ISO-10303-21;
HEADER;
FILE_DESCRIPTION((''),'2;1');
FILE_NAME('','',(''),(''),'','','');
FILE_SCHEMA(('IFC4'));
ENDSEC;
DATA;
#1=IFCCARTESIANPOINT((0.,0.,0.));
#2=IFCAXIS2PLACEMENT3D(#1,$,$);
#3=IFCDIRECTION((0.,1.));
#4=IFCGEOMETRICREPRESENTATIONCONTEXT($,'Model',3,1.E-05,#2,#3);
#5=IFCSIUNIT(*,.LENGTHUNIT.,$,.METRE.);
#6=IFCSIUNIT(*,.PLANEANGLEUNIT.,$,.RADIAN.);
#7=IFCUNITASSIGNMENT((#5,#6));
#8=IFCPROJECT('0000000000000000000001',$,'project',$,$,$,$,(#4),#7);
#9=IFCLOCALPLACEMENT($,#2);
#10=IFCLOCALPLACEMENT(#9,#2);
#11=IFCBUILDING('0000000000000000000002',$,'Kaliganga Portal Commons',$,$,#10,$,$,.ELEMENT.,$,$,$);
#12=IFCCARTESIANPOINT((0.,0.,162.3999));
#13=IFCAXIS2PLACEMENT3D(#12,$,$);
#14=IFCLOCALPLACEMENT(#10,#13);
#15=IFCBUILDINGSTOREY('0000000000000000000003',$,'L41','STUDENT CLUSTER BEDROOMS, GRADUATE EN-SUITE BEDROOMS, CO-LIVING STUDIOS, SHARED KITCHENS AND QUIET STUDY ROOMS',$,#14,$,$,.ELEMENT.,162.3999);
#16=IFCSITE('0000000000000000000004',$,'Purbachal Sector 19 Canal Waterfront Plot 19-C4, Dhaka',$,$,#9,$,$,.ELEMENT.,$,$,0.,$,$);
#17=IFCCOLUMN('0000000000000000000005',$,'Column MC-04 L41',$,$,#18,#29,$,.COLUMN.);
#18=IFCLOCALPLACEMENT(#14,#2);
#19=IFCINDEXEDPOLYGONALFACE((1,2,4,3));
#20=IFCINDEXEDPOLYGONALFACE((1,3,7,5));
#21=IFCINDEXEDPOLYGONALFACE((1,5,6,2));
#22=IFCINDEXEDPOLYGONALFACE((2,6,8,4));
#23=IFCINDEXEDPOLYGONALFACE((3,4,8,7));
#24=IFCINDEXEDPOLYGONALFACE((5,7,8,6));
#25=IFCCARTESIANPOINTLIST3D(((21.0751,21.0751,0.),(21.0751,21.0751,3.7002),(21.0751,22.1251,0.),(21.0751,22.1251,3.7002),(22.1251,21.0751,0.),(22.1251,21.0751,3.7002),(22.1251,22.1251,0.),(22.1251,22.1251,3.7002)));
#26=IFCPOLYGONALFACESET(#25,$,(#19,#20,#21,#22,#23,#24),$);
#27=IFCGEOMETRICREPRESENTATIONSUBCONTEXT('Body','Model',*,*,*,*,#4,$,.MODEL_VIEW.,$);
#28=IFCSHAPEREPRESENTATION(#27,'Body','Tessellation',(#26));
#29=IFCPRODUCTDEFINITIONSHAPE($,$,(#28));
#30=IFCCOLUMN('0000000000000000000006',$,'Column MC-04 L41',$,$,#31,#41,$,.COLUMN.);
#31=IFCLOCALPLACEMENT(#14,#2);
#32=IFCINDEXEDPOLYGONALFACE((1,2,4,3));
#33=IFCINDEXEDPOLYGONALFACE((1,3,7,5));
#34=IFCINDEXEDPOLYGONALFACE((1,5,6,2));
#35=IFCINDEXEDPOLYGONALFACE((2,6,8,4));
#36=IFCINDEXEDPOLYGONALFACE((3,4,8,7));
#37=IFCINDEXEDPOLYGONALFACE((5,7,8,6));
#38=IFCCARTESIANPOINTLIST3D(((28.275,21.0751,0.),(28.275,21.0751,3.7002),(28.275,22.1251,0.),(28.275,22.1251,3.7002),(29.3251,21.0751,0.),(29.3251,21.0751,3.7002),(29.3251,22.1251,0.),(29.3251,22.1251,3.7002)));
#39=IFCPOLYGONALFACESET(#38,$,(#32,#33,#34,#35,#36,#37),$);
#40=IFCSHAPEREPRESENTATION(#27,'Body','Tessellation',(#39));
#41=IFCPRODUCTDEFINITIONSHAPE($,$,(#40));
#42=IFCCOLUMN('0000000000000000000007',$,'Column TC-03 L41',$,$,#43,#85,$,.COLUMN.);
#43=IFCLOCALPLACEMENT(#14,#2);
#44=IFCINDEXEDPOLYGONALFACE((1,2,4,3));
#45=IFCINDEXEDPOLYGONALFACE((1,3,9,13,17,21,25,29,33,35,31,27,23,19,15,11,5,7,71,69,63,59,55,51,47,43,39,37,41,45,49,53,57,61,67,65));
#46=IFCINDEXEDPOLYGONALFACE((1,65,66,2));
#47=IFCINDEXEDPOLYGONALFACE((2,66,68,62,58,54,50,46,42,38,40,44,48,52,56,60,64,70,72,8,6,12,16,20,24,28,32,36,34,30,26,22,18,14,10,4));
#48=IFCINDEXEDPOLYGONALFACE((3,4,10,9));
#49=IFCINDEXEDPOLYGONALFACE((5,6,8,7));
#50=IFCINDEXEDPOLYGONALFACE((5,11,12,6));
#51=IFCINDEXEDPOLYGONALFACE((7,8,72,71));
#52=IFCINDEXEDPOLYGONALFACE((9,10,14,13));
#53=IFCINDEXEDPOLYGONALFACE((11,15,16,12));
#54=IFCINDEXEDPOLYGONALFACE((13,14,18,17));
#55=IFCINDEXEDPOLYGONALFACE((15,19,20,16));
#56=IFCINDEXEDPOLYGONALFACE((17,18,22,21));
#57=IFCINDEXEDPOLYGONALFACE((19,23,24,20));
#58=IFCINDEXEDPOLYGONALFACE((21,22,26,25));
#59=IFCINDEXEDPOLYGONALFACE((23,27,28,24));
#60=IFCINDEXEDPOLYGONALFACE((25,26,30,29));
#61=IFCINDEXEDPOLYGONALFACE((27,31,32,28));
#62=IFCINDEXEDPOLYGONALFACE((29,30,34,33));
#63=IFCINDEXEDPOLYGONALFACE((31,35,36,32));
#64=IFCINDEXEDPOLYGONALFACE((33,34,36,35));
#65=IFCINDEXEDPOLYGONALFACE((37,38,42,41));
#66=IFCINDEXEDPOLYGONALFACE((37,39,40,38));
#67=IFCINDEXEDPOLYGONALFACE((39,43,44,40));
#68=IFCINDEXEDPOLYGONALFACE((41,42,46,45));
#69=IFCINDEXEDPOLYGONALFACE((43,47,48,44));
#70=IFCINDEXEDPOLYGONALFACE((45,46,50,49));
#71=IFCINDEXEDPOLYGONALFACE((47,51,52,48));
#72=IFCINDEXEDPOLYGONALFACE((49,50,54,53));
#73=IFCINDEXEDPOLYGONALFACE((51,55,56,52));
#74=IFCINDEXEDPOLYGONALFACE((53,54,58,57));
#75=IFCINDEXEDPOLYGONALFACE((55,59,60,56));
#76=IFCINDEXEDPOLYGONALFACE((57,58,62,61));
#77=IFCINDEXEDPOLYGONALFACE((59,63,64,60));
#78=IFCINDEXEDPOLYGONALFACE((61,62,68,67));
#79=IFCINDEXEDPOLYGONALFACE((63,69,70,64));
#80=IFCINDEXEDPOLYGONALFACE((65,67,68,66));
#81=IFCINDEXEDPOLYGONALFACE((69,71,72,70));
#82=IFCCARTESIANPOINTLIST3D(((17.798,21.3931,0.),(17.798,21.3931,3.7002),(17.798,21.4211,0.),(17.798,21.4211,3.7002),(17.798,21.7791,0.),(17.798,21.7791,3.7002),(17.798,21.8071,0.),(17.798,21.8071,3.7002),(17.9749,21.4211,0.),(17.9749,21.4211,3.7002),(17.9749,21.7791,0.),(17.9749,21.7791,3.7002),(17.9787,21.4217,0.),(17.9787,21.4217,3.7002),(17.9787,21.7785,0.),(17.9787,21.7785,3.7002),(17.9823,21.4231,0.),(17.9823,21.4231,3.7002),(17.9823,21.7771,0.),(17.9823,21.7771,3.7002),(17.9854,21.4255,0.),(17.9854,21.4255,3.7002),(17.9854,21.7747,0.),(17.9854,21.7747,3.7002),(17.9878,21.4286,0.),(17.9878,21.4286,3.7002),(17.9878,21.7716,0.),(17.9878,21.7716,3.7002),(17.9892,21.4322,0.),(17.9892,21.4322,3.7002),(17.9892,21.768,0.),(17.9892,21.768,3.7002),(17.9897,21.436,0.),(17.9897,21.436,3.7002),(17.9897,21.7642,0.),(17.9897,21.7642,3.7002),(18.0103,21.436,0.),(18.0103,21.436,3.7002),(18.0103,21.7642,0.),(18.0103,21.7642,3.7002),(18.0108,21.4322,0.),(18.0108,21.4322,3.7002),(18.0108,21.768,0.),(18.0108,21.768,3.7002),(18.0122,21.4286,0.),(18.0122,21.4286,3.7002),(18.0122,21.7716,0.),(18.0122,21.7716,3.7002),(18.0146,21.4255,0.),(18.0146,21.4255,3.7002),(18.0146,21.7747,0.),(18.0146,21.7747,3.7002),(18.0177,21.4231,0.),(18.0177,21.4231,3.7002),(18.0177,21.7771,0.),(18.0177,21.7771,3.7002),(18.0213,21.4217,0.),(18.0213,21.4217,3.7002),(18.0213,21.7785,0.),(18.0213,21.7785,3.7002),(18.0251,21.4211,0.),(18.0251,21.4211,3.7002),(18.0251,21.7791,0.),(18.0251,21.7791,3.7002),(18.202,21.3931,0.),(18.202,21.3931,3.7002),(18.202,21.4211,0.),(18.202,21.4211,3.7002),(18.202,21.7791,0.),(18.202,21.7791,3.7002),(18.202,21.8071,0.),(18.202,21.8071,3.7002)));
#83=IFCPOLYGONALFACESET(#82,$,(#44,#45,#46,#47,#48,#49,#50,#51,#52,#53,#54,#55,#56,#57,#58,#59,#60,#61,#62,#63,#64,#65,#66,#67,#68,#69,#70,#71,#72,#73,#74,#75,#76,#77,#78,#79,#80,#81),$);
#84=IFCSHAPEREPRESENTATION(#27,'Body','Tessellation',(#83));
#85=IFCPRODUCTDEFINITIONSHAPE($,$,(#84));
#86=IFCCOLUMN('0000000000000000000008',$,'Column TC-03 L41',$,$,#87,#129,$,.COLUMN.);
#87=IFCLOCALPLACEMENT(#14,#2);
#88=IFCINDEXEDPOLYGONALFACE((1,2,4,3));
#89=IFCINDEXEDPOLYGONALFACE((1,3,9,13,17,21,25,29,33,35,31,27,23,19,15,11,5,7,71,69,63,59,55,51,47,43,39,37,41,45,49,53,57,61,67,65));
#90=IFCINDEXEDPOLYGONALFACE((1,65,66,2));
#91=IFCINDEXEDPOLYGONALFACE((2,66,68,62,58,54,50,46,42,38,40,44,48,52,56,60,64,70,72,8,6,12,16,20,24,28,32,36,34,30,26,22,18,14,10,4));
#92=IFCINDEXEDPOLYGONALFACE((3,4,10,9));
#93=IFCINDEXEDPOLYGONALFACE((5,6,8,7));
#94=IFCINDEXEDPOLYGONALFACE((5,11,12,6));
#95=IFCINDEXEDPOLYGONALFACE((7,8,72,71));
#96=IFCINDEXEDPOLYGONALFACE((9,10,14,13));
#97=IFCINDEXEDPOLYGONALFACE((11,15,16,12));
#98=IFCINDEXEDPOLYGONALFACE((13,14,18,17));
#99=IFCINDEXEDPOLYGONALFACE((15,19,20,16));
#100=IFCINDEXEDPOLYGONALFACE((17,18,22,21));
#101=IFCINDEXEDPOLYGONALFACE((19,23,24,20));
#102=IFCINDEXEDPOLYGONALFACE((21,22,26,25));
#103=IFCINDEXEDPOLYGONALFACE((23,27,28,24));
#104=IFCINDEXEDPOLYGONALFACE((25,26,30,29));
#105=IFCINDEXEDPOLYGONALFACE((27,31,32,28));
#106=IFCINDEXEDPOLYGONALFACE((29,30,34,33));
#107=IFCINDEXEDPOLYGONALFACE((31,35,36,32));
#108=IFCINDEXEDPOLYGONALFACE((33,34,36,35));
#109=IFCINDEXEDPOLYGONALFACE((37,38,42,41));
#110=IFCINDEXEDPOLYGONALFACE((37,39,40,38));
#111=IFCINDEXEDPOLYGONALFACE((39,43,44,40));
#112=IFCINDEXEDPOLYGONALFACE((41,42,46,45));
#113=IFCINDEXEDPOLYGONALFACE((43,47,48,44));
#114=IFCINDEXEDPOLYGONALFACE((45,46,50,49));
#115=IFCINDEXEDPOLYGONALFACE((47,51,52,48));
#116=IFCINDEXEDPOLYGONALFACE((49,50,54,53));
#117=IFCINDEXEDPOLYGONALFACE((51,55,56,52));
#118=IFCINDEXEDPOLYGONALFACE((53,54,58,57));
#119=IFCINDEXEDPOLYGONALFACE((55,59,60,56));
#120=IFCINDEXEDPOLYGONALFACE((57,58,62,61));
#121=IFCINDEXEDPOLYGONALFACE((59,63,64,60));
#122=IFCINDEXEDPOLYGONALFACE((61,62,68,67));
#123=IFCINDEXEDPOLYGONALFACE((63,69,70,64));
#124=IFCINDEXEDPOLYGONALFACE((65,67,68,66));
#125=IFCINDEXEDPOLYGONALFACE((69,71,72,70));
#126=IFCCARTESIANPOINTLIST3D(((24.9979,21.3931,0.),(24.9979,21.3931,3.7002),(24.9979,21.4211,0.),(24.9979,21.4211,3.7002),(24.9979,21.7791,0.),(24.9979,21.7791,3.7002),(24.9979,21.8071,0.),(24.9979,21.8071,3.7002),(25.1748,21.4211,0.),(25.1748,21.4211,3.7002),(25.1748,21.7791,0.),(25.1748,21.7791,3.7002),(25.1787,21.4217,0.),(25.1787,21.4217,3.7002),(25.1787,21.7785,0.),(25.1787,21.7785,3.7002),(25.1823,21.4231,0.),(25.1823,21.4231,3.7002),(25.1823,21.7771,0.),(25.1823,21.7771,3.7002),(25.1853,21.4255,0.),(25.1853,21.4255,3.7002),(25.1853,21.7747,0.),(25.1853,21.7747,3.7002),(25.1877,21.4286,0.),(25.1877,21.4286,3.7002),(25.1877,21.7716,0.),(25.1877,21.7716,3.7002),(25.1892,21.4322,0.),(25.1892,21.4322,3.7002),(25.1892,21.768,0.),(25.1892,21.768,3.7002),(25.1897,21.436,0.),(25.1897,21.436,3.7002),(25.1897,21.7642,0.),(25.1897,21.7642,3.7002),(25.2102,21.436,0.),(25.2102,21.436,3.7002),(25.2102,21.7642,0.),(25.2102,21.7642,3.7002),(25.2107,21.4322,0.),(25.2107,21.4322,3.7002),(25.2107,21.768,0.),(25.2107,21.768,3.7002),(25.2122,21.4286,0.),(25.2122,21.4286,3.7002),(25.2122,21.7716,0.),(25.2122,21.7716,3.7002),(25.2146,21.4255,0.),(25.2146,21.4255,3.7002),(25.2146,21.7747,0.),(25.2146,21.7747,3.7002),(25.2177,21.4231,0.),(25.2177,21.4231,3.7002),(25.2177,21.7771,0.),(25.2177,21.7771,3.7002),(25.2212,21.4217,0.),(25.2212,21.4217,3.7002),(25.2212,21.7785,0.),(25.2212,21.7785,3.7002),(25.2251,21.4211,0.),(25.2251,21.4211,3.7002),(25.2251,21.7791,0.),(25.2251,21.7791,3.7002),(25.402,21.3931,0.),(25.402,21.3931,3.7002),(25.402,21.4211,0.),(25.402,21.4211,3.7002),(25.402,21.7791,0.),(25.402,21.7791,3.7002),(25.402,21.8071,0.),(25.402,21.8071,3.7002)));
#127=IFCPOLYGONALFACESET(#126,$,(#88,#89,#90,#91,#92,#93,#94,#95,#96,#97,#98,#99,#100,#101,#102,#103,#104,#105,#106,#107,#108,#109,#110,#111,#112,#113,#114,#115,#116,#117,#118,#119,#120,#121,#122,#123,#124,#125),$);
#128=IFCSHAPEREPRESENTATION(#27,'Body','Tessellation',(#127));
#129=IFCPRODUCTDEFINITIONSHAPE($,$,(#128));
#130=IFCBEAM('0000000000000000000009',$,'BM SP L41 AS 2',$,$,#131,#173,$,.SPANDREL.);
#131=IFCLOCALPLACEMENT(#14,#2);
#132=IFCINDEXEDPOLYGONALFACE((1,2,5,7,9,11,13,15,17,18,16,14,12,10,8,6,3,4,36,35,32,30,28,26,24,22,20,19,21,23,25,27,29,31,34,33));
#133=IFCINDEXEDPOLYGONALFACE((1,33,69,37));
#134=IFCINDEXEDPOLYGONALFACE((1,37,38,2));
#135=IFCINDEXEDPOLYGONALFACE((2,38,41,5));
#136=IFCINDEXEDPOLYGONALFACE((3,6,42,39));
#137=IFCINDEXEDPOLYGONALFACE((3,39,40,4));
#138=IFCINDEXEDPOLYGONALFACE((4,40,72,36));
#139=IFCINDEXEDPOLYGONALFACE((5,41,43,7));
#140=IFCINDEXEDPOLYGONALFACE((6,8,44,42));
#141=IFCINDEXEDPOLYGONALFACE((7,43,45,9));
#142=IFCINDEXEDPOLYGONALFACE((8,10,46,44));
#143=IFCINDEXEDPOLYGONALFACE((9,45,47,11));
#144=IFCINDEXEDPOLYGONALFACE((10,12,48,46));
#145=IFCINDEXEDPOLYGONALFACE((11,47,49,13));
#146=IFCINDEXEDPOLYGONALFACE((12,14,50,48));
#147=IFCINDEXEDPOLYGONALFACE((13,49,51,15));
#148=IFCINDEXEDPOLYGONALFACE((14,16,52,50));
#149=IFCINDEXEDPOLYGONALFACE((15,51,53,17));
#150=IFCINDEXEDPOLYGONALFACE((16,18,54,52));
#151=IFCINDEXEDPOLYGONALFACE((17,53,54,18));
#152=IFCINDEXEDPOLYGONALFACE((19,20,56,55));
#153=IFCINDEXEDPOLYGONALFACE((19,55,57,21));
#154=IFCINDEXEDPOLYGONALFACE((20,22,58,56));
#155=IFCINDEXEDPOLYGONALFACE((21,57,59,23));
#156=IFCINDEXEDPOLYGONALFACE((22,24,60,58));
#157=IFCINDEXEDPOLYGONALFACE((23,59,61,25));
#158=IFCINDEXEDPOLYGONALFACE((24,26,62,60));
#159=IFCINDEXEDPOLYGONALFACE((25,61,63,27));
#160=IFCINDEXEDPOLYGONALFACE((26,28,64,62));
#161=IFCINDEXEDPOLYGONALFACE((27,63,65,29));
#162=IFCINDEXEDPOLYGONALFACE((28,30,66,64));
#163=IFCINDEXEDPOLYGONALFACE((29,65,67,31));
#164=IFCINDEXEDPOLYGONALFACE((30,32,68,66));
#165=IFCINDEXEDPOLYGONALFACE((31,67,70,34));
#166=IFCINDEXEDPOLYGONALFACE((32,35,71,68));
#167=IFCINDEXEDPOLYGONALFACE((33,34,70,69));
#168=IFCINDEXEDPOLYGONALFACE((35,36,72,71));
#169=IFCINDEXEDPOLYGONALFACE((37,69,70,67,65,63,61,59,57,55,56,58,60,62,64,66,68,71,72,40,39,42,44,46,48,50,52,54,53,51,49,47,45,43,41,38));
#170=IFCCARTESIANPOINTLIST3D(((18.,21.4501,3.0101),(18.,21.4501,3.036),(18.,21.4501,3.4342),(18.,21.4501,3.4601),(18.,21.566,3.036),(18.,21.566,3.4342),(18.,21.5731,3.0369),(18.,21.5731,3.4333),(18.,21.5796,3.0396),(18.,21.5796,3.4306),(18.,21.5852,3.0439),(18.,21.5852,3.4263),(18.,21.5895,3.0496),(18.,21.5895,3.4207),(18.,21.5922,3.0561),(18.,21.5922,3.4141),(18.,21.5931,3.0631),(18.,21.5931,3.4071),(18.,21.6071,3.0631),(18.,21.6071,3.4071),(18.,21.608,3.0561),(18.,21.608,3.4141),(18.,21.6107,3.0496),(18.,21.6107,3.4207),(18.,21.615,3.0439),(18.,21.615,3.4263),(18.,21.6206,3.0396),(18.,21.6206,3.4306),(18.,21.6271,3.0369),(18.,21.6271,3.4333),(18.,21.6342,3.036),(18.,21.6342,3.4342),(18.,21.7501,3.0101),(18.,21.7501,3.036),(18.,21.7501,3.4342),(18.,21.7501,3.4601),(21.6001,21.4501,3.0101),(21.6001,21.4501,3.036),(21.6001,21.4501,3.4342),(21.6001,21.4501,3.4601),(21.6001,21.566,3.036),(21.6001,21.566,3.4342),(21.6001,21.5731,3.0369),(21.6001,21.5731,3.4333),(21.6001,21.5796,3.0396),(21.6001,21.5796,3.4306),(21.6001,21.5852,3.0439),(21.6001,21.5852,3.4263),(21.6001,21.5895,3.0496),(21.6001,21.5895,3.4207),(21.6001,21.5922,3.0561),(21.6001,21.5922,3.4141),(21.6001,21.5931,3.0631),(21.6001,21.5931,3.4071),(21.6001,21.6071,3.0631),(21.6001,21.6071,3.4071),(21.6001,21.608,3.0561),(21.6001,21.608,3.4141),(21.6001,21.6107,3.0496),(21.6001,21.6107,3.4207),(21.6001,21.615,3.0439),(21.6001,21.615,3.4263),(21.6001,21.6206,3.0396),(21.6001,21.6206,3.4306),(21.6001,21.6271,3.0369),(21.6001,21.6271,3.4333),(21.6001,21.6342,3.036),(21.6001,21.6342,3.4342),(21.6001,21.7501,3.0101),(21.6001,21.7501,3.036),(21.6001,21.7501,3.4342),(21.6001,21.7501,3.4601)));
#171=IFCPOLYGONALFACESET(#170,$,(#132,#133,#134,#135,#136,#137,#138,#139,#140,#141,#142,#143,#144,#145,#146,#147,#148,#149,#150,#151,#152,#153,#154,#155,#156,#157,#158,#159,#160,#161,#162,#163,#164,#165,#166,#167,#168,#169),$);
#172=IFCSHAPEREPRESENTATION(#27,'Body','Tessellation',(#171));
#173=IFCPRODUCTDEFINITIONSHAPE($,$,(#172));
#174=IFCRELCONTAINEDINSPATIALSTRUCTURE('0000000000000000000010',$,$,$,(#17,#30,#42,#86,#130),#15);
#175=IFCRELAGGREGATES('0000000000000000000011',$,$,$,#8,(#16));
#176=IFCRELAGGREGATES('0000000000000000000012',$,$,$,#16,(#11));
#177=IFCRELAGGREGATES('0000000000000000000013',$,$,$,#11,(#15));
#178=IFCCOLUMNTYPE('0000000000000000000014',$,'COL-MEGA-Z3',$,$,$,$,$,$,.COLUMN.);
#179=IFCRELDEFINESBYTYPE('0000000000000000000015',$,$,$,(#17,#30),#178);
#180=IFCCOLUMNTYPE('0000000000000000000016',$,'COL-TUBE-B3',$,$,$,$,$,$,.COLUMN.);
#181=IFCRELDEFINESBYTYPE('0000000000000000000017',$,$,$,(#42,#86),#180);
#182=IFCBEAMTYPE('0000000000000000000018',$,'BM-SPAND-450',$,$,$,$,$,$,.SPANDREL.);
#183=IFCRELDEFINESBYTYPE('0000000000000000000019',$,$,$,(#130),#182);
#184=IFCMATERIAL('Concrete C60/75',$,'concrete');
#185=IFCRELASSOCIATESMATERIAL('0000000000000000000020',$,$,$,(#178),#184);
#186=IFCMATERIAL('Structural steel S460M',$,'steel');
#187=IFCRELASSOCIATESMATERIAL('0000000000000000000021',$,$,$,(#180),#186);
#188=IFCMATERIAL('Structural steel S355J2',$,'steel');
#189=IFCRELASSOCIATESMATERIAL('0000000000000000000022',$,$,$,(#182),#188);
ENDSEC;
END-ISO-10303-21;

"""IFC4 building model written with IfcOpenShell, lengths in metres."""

from ifc_helpers import new_model, si_unit, direction, frame, origin, origin_2d, place, context, subcontext, project, spatial, rectangle, i_section, extrude, source, transform, mapped, material, material_profile, profile_set, type_object, element, save


model = new_model("IFC4")

# Units and contexts
model_context = context("Model", 3, precision=1e-05, world=origin(), true_north=direction((0.0, 1.0)))
body_context = subcontext(model_context, "Body", "Model", "MODEL_VIEW")
ifc_project = project(units=[si_unit("LENGTHUNIT", "METRE"), si_unit("PLANEANGLEUNIT", "RADIAN")], contexts=[model_context])

# Site, building, storey
site_placement = place(None, origin())
site = spatial("IfcSite", under=ifc_project, at=site_placement, Name="Purbachal Sector 19 Canal Waterfront Plot 19-C4, Dhaka", CompositionType="ELEMENT", RefElevation=0.0)
building_placement = place(site_placement, origin())
building = spatial("IfcBuilding", under=site, at=building_placement, Name="Kaliganga Portal Commons", CompositionType="ELEMENT")
storey_placement = place(building_placement, frame((0.0, 0.0, 162.3999)))
storey = spatial("IfcBuildingStorey", under=building, at=storey_placement, Name="L41", Description="STUDENT CLUSTER BEDROOMS, GRADUATE EN-SUITE BEDROOMS, CO-LIVING STUDIOS, SHARED KITCHENS AND QUIET STUDY ROOMS", CompositionType="ELEMENT", Elevation=162.3999)

# Columns
ifc_material_1 = material(Name="Concrete C60/75", Category="concrete")
ifc_material_profile_1 = material_profile(ifc_material_1, rectangle(XDim=1.05, YDim=1.05, at=origin_2d()), Name="RC 1050x1050")
ifc_profile_set_1 = profile_set([ifc_material_profile_1], Name="Concrete C60/75")
column_type_1 = type_object("IfcColumnType", Name="COL-MEGA-Z3", PredefinedType="COLUMN", material=ifc_profile_set_1)
shared_shape_1 = source(origin(), body_context, "Body", "SweptSolid", [
    extrude(rectangle(XDim=1.05, YDim=1.05, at=origin_2d()), origin(), (0.0, 0.0, 1.0), 3.7002),
])
for number, where, z_axis, x_axis, name in (
    (1, (21.6001, 21.6001, 0.0), (0.0, 0.0, 1.0), (1.0, 0.0, 0.0), "Column MC-04 L41"),
    (2, (28.8, 21.6001, 0.0), (0.0, 0.0, 1.0), (1.0, 0.0, 0.0), "Column MC-04 L41"),
):
    element("IfcColumn", number, at=place(storey_placement, frame(where, z_axis=z_axis, x_axis=x_axis)), inside=storey, type_object=column_type_1, Name=name, PredefinedType="COLUMN", context=body_context, shape_type="MappedRepresentation", body=[
        mapped(shared_shape_1, transform((0.0, 0.0, 0.0), x_axis=(1.0, 0.0, 0.0), y_axis=(0.0, 1.0, 0.0), z_axis=(0.0, 0.0, 1.0), scale=1.0)),
    ])
ifc_material_2 = material(Name="Structural steel S460M", Category="steel")
ifc_material_profile_2 = material_profile(ifc_material_2, i_section(OverallWidth=0.4041, OverallDepth=0.4141, WebThickness=0.0205, FlangeThickness=0.0281, FilletRadius=0.0149, at=origin_2d()), Name="HD 400x347")
ifc_profile_set_2 = profile_set([ifc_material_profile_2], Name="Structural steel S460M wide-flange")
column_type_2 = type_object("IfcColumnType", Name="COL-TUBE-B3", PredefinedType="COLUMN", material=ifc_profile_set_2)
shared_shape_2 = source(origin(), body_context, "Body", "SweptSolid", [
    extrude(i_section(OverallWidth=0.4041, OverallDepth=0.4141, WebThickness=0.0205, FlangeThickness=0.0281, FilletRadius=0.0149, at=origin_2d()), origin(), (0.0, 0.0, 1.0), 3.7002),
])
for number, where, z_axis, x_axis, name in (
    (3, (18.0, 21.6001, 0.0), (0.0, 0.0, 1.0), (1.0, 0.0, 0.0), "Column TC-03 L41"),
    (4, (25.2, 21.6001, 0.0), (0.0, 0.0, 1.0), (1.0, 0.0, 0.0), "Column TC-03 L41"),
):
    element("IfcColumn", number, at=place(storey_placement, frame(where, z_axis=z_axis, x_axis=x_axis)), inside=storey, type_object=column_type_2, Name=name, PredefinedType="COLUMN", context=body_context, shape_type="MappedRepresentation", body=[
        mapped(shared_shape_2, transform((0.0, 0.0, 0.0), x_axis=(1.0, 0.0, 0.0), y_axis=(0.0, 1.0, 0.0), z_axis=(0.0, 0.0, 1.0), scale=1.0)),
    ])

# Beam
ifc_material_3 = material(Name="Structural steel S355J2", Category="steel")
ifc_material_profile_3 = material_profile(ifc_material_3, i_section(OverallWidth=0.3, OverallDepth=0.45, WebThickness=0.0139, FlangeThickness=0.0259, FilletRadius=0.0271, at=origin_2d()), Name="HE 450 B")
ifc_profile_set_3 = profile_set([ifc_material_profile_3], Name="Structural steel S355J2 wide-flange")
beam_type_1 = type_object("IfcBeamType", Name="BM-SPAND-450", PredefinedType="SPANDREL", material=ifc_profile_set_3)
shared_shape_3 = source(origin(), body_context, "Body", "SweptSolid", [
    extrude(i_section(OverallWidth=0.3, OverallDepth=0.45, WebThickness=0.0139, FlangeThickness=0.0259, FilletRadius=0.0271, at=origin_2d()), origin(), (0.0, 0.0, 1.0), 3.6001),
])
for number, where, z_axis, x_axis, name in (
    (5, (18.0, 21.6001, 3.2351), (1.0, 0.0, 0.0), (0.0, 1.0, 0.0), "BM SP L41 AS 2"),
):
    element("IfcBeam", number, at=place(storey_placement, frame(where, z_axis=z_axis, x_axis=x_axis)), inside=storey, type_object=beam_type_1, Name=name, PredefinedType="SPANDREL", context=body_context, shape_type="MappedRepresentation", body=[
        mapped(shared_shape_3, transform((0.0, 0.0, 0.0), x_axis=(1.0, 0.0, 0.0), y_axis=(0.0, 1.0, 0.0), z_axis=(0.0, 0.0, 1.0), scale=1.0)),
    ])

save(model, "model.ifc")
